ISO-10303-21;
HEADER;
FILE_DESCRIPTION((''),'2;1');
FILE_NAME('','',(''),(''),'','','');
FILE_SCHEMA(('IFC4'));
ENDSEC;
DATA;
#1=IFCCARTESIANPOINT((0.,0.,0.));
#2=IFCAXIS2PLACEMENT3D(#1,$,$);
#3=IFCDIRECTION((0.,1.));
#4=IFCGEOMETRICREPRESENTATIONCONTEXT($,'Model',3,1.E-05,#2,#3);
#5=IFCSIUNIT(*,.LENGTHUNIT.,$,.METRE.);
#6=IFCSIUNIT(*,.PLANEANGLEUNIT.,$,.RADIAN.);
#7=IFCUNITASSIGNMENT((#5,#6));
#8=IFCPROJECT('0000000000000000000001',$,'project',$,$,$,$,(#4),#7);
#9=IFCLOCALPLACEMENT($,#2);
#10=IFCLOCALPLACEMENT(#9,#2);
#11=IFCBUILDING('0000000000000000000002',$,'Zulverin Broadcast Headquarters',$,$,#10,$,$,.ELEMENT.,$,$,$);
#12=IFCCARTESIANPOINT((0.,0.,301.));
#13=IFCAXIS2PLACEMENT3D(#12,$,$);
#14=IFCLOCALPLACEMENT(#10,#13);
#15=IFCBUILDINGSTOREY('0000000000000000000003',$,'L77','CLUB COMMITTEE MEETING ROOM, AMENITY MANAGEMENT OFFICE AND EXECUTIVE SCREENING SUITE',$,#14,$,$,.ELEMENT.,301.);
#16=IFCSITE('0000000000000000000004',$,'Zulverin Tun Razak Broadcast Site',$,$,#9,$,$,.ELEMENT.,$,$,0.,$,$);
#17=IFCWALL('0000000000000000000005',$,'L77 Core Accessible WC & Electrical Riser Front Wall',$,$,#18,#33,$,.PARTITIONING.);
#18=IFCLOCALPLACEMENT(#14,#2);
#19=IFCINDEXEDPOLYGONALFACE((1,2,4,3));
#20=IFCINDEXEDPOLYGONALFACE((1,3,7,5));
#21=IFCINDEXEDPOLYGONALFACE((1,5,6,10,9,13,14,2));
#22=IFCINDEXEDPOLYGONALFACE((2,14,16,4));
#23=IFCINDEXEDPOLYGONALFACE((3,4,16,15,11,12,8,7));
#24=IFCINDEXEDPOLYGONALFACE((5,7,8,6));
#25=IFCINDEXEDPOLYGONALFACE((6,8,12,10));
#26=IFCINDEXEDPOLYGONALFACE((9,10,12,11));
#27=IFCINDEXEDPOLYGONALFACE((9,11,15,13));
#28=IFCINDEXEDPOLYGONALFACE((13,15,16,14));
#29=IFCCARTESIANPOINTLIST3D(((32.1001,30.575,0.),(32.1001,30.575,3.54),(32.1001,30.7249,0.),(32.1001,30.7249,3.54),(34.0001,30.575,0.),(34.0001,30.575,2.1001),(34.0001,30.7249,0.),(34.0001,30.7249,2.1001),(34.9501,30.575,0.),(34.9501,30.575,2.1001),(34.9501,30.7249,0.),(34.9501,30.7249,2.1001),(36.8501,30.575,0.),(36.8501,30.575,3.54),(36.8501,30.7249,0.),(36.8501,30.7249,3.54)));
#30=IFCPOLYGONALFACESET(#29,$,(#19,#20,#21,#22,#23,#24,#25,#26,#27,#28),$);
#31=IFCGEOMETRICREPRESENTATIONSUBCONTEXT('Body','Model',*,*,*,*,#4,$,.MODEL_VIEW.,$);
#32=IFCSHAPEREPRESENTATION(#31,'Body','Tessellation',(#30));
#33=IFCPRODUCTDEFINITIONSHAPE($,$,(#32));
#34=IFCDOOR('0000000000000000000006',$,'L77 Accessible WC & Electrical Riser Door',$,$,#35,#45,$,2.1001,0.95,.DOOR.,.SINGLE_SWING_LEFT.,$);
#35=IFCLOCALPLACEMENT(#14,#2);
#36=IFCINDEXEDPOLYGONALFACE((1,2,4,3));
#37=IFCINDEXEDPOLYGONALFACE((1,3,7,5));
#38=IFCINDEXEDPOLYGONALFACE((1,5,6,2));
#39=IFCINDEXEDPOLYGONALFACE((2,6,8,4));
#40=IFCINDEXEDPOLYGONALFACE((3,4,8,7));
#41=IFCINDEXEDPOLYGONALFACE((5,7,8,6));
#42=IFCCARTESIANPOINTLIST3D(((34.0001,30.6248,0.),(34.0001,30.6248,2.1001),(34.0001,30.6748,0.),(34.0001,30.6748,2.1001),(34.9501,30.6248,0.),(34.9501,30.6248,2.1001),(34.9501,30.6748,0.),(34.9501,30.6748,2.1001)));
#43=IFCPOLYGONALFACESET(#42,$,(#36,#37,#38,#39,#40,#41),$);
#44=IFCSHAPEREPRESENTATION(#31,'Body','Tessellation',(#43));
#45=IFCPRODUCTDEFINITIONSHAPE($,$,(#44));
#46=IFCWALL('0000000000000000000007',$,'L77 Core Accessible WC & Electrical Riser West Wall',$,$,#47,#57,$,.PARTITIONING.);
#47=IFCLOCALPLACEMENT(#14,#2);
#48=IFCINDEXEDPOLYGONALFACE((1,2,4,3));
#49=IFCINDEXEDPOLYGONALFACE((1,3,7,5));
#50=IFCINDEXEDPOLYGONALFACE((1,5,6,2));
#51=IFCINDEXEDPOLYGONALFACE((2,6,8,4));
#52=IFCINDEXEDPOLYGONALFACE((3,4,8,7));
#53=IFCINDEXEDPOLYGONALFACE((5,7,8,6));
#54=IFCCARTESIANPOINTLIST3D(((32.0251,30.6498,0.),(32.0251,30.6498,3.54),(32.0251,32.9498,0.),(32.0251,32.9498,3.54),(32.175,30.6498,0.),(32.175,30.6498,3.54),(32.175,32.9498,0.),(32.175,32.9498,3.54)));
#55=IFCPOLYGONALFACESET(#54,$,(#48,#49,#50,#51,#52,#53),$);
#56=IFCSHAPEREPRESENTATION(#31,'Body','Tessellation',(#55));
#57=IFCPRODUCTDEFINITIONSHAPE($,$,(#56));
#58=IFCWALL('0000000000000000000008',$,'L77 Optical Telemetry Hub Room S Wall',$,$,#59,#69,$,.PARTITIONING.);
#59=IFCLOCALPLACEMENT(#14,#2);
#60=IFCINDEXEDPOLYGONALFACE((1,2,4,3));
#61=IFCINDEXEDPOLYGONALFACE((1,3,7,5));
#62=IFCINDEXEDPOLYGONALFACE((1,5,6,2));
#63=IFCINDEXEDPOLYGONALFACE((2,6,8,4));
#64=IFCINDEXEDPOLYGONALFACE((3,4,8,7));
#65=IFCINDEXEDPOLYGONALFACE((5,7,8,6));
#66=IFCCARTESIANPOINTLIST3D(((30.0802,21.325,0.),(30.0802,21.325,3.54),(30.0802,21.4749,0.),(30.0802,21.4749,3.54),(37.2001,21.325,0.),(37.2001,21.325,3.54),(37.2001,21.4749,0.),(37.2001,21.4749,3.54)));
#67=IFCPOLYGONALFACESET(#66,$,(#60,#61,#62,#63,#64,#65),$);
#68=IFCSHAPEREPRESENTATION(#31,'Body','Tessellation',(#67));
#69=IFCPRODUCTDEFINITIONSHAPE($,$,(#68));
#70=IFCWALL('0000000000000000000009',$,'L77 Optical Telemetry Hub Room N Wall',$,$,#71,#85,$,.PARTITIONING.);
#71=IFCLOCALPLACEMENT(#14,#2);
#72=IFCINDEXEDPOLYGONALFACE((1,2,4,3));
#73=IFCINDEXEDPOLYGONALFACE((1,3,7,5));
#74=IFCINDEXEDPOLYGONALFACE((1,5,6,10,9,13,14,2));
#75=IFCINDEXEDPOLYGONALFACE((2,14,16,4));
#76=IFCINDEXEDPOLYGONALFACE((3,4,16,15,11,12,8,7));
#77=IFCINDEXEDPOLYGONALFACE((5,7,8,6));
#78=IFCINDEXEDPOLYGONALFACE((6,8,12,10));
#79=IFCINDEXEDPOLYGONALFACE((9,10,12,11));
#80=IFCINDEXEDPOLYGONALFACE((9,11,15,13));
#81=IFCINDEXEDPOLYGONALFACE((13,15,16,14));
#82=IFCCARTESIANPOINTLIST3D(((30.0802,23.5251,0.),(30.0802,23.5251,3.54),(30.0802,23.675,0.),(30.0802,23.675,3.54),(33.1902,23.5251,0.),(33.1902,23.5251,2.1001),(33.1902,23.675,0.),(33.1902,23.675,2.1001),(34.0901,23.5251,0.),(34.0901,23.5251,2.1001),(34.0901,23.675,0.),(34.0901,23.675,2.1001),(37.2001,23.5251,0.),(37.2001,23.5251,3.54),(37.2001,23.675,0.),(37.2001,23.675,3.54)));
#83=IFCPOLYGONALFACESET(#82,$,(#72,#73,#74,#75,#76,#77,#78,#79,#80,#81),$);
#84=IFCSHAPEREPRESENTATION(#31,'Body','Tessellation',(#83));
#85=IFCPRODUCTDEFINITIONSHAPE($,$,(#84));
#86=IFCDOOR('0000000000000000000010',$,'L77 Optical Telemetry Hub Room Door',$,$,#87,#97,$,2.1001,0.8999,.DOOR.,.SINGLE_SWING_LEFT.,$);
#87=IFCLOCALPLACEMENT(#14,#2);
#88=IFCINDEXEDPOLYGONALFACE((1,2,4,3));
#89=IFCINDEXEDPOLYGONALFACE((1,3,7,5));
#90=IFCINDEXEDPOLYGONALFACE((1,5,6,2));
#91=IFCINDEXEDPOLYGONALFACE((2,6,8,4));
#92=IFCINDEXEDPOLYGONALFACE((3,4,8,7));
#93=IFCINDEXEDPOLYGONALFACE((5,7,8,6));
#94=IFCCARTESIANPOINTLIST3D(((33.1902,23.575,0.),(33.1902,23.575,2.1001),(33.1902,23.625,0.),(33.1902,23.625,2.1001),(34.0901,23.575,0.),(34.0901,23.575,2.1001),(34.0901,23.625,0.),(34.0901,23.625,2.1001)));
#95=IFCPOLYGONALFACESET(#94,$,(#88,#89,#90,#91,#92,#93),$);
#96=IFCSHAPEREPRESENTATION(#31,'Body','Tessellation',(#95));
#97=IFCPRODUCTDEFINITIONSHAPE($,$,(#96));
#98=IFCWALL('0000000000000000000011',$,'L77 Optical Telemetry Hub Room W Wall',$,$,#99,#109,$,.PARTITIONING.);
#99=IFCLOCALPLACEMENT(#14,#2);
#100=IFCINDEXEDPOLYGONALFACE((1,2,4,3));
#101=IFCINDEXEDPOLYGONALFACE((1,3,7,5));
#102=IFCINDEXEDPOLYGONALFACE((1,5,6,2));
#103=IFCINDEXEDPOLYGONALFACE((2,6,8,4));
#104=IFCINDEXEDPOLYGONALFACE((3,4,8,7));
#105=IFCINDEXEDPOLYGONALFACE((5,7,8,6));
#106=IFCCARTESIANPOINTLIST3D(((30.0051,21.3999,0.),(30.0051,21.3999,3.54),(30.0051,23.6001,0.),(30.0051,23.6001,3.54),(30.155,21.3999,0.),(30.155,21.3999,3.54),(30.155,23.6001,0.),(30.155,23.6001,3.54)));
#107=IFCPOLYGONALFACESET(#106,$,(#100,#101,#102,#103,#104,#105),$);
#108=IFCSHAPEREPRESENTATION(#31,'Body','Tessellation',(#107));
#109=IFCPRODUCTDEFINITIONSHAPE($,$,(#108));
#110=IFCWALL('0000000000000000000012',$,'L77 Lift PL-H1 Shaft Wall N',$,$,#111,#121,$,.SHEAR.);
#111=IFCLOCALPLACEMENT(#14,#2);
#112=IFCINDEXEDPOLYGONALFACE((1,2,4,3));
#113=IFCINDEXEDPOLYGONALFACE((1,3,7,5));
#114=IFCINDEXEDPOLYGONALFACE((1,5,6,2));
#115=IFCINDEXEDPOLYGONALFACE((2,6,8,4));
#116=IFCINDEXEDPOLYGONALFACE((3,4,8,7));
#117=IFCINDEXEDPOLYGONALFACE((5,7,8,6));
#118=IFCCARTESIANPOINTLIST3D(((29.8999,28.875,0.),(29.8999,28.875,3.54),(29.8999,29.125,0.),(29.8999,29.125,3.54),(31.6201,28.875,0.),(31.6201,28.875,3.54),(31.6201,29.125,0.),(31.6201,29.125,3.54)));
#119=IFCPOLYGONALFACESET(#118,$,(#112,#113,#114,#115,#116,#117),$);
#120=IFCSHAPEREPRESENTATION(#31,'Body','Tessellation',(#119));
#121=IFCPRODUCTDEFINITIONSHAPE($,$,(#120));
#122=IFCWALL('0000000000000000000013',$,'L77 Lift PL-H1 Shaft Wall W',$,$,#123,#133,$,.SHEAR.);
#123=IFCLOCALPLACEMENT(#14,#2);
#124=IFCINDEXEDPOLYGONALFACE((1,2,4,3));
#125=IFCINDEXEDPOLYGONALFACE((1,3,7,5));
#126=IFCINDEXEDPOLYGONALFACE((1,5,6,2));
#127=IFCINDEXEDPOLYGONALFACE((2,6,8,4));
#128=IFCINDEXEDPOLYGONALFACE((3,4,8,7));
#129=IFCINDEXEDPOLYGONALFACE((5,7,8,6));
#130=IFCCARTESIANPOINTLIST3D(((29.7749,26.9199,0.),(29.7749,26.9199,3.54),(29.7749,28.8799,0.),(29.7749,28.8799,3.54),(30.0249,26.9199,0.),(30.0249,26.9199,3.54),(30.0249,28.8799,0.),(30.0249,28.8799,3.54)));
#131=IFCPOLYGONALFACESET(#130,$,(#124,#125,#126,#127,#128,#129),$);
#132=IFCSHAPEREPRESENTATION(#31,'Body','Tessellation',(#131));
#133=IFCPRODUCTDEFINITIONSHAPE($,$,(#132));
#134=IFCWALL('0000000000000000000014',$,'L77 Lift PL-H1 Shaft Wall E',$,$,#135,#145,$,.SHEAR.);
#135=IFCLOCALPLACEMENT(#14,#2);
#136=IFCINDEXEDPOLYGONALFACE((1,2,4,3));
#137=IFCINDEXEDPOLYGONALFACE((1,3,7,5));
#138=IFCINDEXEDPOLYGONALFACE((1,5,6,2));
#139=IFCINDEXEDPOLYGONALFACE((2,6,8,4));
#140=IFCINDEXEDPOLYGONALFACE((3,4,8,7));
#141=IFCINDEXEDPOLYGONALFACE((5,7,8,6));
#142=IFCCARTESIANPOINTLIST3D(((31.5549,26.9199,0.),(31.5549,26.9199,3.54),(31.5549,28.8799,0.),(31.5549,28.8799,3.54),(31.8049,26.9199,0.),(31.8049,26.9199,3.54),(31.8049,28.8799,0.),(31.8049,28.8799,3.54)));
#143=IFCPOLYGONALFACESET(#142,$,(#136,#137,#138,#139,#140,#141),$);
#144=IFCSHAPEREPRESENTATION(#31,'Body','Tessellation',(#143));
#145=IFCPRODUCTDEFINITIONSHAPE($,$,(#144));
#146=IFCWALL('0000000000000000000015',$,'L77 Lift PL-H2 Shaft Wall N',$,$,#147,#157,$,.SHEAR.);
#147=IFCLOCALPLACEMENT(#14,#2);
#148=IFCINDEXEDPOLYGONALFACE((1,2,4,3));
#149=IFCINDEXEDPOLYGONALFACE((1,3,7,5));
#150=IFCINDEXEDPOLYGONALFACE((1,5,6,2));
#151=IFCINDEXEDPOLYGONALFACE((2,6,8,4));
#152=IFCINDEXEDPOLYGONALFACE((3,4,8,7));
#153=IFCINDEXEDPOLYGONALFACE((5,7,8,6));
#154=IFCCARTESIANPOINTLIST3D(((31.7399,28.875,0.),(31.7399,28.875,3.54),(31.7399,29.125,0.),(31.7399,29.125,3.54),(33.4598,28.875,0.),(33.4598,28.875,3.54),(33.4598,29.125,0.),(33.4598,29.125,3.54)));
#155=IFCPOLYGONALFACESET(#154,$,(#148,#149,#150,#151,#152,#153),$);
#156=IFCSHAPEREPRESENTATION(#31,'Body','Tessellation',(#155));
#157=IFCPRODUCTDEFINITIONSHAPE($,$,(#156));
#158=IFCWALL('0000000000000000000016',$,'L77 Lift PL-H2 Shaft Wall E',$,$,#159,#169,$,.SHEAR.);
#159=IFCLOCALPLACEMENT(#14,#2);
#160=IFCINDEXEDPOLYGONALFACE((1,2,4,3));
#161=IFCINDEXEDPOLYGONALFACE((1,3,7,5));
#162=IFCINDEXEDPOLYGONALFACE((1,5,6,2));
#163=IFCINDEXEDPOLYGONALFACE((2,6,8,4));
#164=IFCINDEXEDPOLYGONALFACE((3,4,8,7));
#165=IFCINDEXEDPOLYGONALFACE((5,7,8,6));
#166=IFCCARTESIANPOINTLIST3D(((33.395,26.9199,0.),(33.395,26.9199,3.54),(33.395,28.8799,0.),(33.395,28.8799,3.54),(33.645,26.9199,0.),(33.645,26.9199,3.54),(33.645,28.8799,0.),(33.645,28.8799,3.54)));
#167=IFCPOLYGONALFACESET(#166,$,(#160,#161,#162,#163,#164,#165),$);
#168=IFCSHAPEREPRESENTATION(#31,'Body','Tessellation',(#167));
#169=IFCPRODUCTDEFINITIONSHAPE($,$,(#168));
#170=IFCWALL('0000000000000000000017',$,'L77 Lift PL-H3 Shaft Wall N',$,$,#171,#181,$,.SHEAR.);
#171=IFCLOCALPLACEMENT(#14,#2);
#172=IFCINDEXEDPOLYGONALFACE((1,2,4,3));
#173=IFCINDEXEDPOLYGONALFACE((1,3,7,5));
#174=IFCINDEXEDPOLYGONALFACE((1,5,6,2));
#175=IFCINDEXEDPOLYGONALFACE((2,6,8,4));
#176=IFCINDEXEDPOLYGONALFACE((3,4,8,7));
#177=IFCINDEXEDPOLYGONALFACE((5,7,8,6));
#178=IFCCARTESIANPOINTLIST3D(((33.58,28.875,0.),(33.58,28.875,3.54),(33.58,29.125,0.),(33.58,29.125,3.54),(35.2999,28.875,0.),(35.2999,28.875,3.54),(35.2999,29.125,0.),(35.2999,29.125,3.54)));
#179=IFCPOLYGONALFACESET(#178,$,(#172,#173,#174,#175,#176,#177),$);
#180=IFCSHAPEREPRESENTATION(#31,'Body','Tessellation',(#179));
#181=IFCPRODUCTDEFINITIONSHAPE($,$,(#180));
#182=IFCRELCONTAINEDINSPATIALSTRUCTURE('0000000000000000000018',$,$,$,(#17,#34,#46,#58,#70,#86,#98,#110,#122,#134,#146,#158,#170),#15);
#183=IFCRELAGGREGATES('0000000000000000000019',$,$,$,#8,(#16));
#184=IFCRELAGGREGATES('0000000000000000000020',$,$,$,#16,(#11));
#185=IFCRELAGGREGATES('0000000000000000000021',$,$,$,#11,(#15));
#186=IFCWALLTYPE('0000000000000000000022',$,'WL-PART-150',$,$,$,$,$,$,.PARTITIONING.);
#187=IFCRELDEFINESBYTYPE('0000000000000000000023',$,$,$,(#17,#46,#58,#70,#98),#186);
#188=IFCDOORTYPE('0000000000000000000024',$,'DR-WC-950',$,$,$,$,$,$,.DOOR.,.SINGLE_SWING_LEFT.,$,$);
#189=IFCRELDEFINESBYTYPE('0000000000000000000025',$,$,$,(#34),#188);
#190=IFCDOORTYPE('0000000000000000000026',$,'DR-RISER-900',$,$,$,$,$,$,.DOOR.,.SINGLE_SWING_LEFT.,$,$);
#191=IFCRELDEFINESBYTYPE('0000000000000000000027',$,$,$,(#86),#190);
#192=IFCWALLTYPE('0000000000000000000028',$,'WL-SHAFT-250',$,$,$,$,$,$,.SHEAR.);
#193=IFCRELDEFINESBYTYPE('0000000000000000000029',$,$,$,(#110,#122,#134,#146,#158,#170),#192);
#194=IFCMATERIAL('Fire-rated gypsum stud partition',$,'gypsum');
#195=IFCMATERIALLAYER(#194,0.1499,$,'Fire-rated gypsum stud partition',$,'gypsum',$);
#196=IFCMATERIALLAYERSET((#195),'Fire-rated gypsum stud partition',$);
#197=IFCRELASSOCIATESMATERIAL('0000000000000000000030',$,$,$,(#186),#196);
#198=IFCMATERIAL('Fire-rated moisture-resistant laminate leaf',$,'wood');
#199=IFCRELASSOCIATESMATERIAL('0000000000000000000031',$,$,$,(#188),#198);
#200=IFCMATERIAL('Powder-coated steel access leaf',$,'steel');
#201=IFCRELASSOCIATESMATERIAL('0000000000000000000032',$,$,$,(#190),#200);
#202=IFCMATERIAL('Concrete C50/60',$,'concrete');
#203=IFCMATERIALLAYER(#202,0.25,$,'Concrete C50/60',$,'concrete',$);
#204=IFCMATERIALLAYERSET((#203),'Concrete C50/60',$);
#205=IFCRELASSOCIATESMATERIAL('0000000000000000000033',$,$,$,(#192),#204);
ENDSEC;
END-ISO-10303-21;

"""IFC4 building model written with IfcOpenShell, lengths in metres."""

from ifc_helpers import new_model, si_unit, direction, frame, frame_2d, origin, place, context, subcontext, project, spatial, rectangle, extrude, material, layer, layer_set, type_object, element, fill, save


model = new_model("IFC4")

# Units and contexts
model_context = context("Model", 3, precision=1e-05, world=origin(), true_north=direction((0.0, 1.0)))
body_context = subcontext(model_context, "Body", "Model", "MODEL_VIEW")
ifc_project = project(units=[si_unit("LENGTHUNIT", "METRE"), si_unit("PLANEANGLEUNIT", "RADIAN")], contexts=[model_context])

# Site, building, storey
site_placement = place(None, origin())
site = spatial("IfcSite", under=ifc_project, at=site_placement, Name="Zulverin Tun Razak Broadcast Site", CompositionType="ELEMENT", RefElevation=0.0)
building_placement = place(site_placement, origin())
building = spatial("IfcBuilding", under=site, at=building_placement, Name="Zulverin Broadcast Headquarters", CompositionType="ELEMENT")
storey_placement = place(building_placement, frame((0.0, 0.0, 301.0)))
storey = spatial("IfcBuildingStorey", under=building, at=storey_placement, Name="L77", Description="CLUB COMMITTEE MEETING ROOM, AMENITY MANAGEMENT OFFICE AND EXECUTIVE SCREENING SUITE", CompositionType="ELEMENT", Elevation=301.0)

# Wall, opening, door
ifc_material_1 = material(Name="Fire-rated gypsum stud partition", Category="gypsum")
ifc_layer_1 = layer(ifc_material_1, 0.1499, Name="Fire-rated gypsum stud partition", Category="gypsum")
ifc_layer_set_1 = layer_set([ifc_layer_1], Name="Fire-rated gypsum stud partition")
wall_type_1 = type_object("IfcWallType", Name="WL-PART-150", PredefinedType="PARTITIONING", material=ifc_layer_set_1)
wall_1_placement = place(storey_placement, frame((32.1001, 30.6499, 0.0), z_axis=(0.0, 0.0, 1.0), x_axis=(1.0, 0.0, 0.0)))
wall_1 = element("IfcWall", 1, at=wall_1_placement, inside=storey, type_object=wall_type_1, Name="L77 Core Accessible WC & Electrical Riser Front Wall", PredefinedType="PARTITIONING", context=body_context, shape_type="SweptSolid", body=[
    extrude(rectangle(XDim=4.75, YDim=0.1499, at=frame_2d((2.375, 0.0))), origin(), (0.0, 0.0, 1.0), 3.54),
])
opening_1_placement = place(wall_1_placement, frame((1.8999, 0.0, 0.0)))
opening_1 = element("IfcOpeningElement", 2, at=opening_1_placement, cuts=wall_1, PredefinedType="OPENING", context=body_context, shape_type="SweptSolid", body=[
    extrude(rectangle(XDim=0.95, YDim=2.1001, at=frame_2d((0.4751, 1.05))), frame((0.0, 0.085, 0.0), z_axis=(0.0, -1.0, 0.0), x_axis=(1.0, 0.0, 0.0)), (0.0, 0.0, 1.0), 0.1699),
])
ifc_material_2 = material(Name="Fire-rated moisture-resistant laminate leaf", Category="wood")
door_type_1 = type_object("IfcDoorType", Name="DR-WC-950", OperationType="SINGLE_SWING_LEFT", PredefinedType="DOOR", material=ifc_material_2)
door_1_placement = place(opening_1_placement, origin())
door_1 = element("IfcDoor", 3, at=door_1_placement, inside=storey, type_object=door_type_1, Name="L77 Accessible WC & Electrical Riser Door", OperationType="SINGLE_SWING_LEFT", OverallHeight=2.1001, OverallWidth=0.95, PredefinedType="DOOR", context=body_context, shape_type="SweptSolid", body=[
    extrude(rectangle(XDim=0.95, YDim=2.1001, at=frame_2d((0.4751, 1.05))), frame((0.0, 0.0249, 0.0), z_axis=(0.0, -1.0, 0.0), x_axis=(1.0, 0.0, 0.0)), (0.0, 0.0, 1.0), 0.05),
])
fill(opening_1, door_1)

# Walls
wall_2_placement = place(storey_placement, frame((32.1001, 30.6499, 0.0), z_axis=(0.0, 0.0, 1.0), x_axis=(0.0, 1.0, 0.0)))
element("IfcWall", 4, at=wall_2_placement, inside=storey, type_object=wall_type_1, Name="L77 Core Accessible WC & Electrical Riser West Wall", PredefinedType="PARTITIONING", context=body_context, shape_type="SweptSolid", body=[
    extrude(rectangle(XDim=2.3, YDim=0.1499, at=frame_2d((1.1499, 0.0))), origin(), (0.0, 0.0, 1.0), 3.54),
])
wall_3_placement = place(storey_placement, frame((30.0801, 21.3999, 0.0), z_axis=(0.0, 0.0, 1.0), x_axis=(1.0, 0.0, 0.0)))
element("IfcWall", 5, at=wall_3_placement, inside=storey, type_object=wall_type_1, Name="L77 Optical Telemetry Hub Room S Wall", PredefinedType="PARTITIONING", context=body_context, shape_type="SweptSolid", body=[
    extrude(rectangle(XDim=7.1199, YDim=0.1499, at=frame_2d((3.5601, 0.0))), origin(), (0.0, 0.0, 1.0), 3.54),
])

# Wall, opening, door
wall_4_placement = place(storey_placement, frame((30.0801, 23.6001, 0.0), z_axis=(0.0, 0.0, 1.0), x_axis=(1.0, 0.0, 0.0)))
wall_4 = element("IfcWall", 6, at=wall_4_placement, inside=storey, type_object=wall_type_1, Name="L77 Optical Telemetry Hub Room N Wall", PredefinedType="PARTITIONING", context=body_context, shape_type="SweptSolid", body=[
    extrude(rectangle(XDim=7.1199, YDim=0.1499, at=frame_2d((3.5601, 0.0))), origin(), (0.0, 0.0, 1.0), 3.54),
])
opening_2_placement = place(wall_4_placement, frame((3.1101, 0.0, 0.0)))
opening_2 = element("IfcOpeningElement", 7, at=opening_2_placement, cuts=wall_4, PredefinedType="OPENING", context=body_context, shape_type="SweptSolid", body=[
    extrude(rectangle(XDim=0.8999, YDim=2.1001, at=frame_2d((0.45, 1.05))), frame((0.0, 0.085, 0.0), z_axis=(0.0, -1.0, 0.0), x_axis=(1.0, 0.0, 0.0)), (0.0, 0.0, 1.0), 0.1699),
])
ifc_material_3 = material(Name="Powder-coated steel access leaf", Category="steel")
door_type_2 = type_object("IfcDoorType", Name="DR-RISER-900", OperationType="SINGLE_SWING_LEFT", PredefinedType="DOOR", material=ifc_material_3)
door_2_placement = place(opening_2_placement, origin())
door_2 = element("IfcDoor", 8, at=door_2_placement, inside=storey, type_object=door_type_2, Name="L77 Optical Telemetry Hub Room Door", OperationType="SINGLE_SWING_LEFT", OverallHeight=2.1001, OverallWidth=0.8999, PredefinedType="DOOR", context=body_context, shape_type="SweptSolid", body=[
    extrude(rectangle(XDim=0.8999, YDim=2.1001, at=frame_2d((0.45, 1.05))), frame((0.0, 0.0249, 0.0), z_axis=(0.0, -1.0, 0.0), x_axis=(1.0, 0.0, 0.0)), (0.0, 0.0, 1.0), 0.05),
])
fill(opening_2, door_2)

# Walls
wall_5_placement = place(storey_placement, frame((30.0801, 21.3999, 0.0), z_axis=(0.0, 0.0, 1.0), x_axis=(0.0, 1.0, 0.0)))
element("IfcWall", 9, at=wall_5_placement, inside=storey, type_object=wall_type_1, Name="L77 Optical Telemetry Hub Room W Wall", PredefinedType="PARTITIONING", context=body_context, shape_type="SweptSolid", body=[
    extrude(rectangle(XDim=2.2002, YDim=0.1499, at=frame_2d((1.1001, 0.0))), origin(), (0.0, 0.0, 1.0), 3.54),
])
ifc_material_4 = material(Name="Concrete C50/60", Category="concrete")
ifc_layer_2 = layer(ifc_material_4, 0.25, Name="Concrete C50/60", Category="concrete")
ifc_layer_set_2 = layer_set([ifc_layer_2], Name="Concrete C50/60")
wall_type_2 = type_object("IfcWallType", Name="WL-SHAFT-250", PredefinedType="SHEAR", material=ifc_layer_set_2)
wall_6_placement = place(storey_placement, frame((29.8999, 29.0, 0.0), z_axis=(0.0, 0.0, 1.0), x_axis=(1.0, 0.0, 0.0)))
element("IfcWall", 10, at=wall_6_placement, inside=storey, type_object=wall_type_2, Name="L77 Lift PL-H1 Shaft Wall N", PredefinedType="SHEAR", context=body_context, shape_type="SweptSolid", body=[
    extrude(rectangle(XDim=1.7202, YDim=0.25, at=frame_2d((0.8601, 0.0))), origin(), (0.0, 0.0, 1.0), 3.54),
])
for number, where, z_axis, x_axis, name in (
    (11, (29.8999, 26.9199, 0.0), (0.0, 0.0, 1.0), (0.0, 1.0, 0.0), "L77 Lift PL-H1 Shaft Wall W"),
    (12, (31.6799, 26.9199, 0.0), (0.0, 0.0, 1.0), (0.0, 1.0, 0.0), "L77 Lift PL-H1 Shaft Wall E"),
):
    element("IfcWall", number, at=place(storey_placement, frame(where, z_axis=z_axis, x_axis=x_axis)), inside=storey, type_object=wall_type_2, Name=name, PredefinedType="SHEAR", context=body_context, shape_type="SweptSolid", body=[
        extrude(rectangle(XDim=1.96, YDim=0.25, at=frame_2d((0.98, 0.0))), origin(), (0.0, 0.0, 1.0), 3.54),
    ])

# Walls
wall_7_placement = place(storey_placement, frame((31.74, 29.0, 0.0), z_axis=(0.0, 0.0, 1.0), x_axis=(1.0, 0.0, 0.0)))
element("IfcWall", 13, at=wall_7_placement, inside=storey, type_object=wall_type_2, Name="L77 Lift PL-H2 Shaft Wall N", PredefinedType="SHEAR", context=body_context, shape_type="SweptSolid", body=[
    extrude(rectangle(XDim=1.72, YDim=0.25, at=frame_2d((0.8599, 0.0))), origin(), (0.0, 0.0, 1.0), 3.54),
])
wall_8_placement = place(storey_placement, frame((33.52, 26.9199, 0.0), z_axis=(0.0, 0.0, 1.0), x_axis=(0.0, 1.0, 0.0)))
element("IfcWall", 14, at=wall_8_placement, inside=storey, type_object=wall_type_2, Name="L77 Lift PL-H2 Shaft Wall E", PredefinedType="SHEAR", context=body_context, shape_type="SweptSolid", body=[
    extrude(rectangle(XDim=1.96, YDim=0.25, at=frame_2d((0.98, 0.0))), origin(), (0.0, 0.0, 1.0), 3.54),
])

# Wall
wall_9_placement = place(storey_placement, frame((33.5801, 29.0, 0.0), z_axis=(0.0, 0.0, 1.0), x_axis=(1.0, 0.0, 0.0)))
element("IfcWall", 15, at=wall_9_placement, inside=storey, type_object=wall_type_2, Name="L77 Lift PL-H3 Shaft Wall N", PredefinedType="SHEAR", context=body_context, shape_type="SweptSolid", body=[
    extrude(rectangle(XDim=1.72, YDim=0.25, at=frame_2d((0.8599, 0.0))), origin(), (0.0, 0.0, 1.0), 3.54),
])

save(model, "model.ifc")
